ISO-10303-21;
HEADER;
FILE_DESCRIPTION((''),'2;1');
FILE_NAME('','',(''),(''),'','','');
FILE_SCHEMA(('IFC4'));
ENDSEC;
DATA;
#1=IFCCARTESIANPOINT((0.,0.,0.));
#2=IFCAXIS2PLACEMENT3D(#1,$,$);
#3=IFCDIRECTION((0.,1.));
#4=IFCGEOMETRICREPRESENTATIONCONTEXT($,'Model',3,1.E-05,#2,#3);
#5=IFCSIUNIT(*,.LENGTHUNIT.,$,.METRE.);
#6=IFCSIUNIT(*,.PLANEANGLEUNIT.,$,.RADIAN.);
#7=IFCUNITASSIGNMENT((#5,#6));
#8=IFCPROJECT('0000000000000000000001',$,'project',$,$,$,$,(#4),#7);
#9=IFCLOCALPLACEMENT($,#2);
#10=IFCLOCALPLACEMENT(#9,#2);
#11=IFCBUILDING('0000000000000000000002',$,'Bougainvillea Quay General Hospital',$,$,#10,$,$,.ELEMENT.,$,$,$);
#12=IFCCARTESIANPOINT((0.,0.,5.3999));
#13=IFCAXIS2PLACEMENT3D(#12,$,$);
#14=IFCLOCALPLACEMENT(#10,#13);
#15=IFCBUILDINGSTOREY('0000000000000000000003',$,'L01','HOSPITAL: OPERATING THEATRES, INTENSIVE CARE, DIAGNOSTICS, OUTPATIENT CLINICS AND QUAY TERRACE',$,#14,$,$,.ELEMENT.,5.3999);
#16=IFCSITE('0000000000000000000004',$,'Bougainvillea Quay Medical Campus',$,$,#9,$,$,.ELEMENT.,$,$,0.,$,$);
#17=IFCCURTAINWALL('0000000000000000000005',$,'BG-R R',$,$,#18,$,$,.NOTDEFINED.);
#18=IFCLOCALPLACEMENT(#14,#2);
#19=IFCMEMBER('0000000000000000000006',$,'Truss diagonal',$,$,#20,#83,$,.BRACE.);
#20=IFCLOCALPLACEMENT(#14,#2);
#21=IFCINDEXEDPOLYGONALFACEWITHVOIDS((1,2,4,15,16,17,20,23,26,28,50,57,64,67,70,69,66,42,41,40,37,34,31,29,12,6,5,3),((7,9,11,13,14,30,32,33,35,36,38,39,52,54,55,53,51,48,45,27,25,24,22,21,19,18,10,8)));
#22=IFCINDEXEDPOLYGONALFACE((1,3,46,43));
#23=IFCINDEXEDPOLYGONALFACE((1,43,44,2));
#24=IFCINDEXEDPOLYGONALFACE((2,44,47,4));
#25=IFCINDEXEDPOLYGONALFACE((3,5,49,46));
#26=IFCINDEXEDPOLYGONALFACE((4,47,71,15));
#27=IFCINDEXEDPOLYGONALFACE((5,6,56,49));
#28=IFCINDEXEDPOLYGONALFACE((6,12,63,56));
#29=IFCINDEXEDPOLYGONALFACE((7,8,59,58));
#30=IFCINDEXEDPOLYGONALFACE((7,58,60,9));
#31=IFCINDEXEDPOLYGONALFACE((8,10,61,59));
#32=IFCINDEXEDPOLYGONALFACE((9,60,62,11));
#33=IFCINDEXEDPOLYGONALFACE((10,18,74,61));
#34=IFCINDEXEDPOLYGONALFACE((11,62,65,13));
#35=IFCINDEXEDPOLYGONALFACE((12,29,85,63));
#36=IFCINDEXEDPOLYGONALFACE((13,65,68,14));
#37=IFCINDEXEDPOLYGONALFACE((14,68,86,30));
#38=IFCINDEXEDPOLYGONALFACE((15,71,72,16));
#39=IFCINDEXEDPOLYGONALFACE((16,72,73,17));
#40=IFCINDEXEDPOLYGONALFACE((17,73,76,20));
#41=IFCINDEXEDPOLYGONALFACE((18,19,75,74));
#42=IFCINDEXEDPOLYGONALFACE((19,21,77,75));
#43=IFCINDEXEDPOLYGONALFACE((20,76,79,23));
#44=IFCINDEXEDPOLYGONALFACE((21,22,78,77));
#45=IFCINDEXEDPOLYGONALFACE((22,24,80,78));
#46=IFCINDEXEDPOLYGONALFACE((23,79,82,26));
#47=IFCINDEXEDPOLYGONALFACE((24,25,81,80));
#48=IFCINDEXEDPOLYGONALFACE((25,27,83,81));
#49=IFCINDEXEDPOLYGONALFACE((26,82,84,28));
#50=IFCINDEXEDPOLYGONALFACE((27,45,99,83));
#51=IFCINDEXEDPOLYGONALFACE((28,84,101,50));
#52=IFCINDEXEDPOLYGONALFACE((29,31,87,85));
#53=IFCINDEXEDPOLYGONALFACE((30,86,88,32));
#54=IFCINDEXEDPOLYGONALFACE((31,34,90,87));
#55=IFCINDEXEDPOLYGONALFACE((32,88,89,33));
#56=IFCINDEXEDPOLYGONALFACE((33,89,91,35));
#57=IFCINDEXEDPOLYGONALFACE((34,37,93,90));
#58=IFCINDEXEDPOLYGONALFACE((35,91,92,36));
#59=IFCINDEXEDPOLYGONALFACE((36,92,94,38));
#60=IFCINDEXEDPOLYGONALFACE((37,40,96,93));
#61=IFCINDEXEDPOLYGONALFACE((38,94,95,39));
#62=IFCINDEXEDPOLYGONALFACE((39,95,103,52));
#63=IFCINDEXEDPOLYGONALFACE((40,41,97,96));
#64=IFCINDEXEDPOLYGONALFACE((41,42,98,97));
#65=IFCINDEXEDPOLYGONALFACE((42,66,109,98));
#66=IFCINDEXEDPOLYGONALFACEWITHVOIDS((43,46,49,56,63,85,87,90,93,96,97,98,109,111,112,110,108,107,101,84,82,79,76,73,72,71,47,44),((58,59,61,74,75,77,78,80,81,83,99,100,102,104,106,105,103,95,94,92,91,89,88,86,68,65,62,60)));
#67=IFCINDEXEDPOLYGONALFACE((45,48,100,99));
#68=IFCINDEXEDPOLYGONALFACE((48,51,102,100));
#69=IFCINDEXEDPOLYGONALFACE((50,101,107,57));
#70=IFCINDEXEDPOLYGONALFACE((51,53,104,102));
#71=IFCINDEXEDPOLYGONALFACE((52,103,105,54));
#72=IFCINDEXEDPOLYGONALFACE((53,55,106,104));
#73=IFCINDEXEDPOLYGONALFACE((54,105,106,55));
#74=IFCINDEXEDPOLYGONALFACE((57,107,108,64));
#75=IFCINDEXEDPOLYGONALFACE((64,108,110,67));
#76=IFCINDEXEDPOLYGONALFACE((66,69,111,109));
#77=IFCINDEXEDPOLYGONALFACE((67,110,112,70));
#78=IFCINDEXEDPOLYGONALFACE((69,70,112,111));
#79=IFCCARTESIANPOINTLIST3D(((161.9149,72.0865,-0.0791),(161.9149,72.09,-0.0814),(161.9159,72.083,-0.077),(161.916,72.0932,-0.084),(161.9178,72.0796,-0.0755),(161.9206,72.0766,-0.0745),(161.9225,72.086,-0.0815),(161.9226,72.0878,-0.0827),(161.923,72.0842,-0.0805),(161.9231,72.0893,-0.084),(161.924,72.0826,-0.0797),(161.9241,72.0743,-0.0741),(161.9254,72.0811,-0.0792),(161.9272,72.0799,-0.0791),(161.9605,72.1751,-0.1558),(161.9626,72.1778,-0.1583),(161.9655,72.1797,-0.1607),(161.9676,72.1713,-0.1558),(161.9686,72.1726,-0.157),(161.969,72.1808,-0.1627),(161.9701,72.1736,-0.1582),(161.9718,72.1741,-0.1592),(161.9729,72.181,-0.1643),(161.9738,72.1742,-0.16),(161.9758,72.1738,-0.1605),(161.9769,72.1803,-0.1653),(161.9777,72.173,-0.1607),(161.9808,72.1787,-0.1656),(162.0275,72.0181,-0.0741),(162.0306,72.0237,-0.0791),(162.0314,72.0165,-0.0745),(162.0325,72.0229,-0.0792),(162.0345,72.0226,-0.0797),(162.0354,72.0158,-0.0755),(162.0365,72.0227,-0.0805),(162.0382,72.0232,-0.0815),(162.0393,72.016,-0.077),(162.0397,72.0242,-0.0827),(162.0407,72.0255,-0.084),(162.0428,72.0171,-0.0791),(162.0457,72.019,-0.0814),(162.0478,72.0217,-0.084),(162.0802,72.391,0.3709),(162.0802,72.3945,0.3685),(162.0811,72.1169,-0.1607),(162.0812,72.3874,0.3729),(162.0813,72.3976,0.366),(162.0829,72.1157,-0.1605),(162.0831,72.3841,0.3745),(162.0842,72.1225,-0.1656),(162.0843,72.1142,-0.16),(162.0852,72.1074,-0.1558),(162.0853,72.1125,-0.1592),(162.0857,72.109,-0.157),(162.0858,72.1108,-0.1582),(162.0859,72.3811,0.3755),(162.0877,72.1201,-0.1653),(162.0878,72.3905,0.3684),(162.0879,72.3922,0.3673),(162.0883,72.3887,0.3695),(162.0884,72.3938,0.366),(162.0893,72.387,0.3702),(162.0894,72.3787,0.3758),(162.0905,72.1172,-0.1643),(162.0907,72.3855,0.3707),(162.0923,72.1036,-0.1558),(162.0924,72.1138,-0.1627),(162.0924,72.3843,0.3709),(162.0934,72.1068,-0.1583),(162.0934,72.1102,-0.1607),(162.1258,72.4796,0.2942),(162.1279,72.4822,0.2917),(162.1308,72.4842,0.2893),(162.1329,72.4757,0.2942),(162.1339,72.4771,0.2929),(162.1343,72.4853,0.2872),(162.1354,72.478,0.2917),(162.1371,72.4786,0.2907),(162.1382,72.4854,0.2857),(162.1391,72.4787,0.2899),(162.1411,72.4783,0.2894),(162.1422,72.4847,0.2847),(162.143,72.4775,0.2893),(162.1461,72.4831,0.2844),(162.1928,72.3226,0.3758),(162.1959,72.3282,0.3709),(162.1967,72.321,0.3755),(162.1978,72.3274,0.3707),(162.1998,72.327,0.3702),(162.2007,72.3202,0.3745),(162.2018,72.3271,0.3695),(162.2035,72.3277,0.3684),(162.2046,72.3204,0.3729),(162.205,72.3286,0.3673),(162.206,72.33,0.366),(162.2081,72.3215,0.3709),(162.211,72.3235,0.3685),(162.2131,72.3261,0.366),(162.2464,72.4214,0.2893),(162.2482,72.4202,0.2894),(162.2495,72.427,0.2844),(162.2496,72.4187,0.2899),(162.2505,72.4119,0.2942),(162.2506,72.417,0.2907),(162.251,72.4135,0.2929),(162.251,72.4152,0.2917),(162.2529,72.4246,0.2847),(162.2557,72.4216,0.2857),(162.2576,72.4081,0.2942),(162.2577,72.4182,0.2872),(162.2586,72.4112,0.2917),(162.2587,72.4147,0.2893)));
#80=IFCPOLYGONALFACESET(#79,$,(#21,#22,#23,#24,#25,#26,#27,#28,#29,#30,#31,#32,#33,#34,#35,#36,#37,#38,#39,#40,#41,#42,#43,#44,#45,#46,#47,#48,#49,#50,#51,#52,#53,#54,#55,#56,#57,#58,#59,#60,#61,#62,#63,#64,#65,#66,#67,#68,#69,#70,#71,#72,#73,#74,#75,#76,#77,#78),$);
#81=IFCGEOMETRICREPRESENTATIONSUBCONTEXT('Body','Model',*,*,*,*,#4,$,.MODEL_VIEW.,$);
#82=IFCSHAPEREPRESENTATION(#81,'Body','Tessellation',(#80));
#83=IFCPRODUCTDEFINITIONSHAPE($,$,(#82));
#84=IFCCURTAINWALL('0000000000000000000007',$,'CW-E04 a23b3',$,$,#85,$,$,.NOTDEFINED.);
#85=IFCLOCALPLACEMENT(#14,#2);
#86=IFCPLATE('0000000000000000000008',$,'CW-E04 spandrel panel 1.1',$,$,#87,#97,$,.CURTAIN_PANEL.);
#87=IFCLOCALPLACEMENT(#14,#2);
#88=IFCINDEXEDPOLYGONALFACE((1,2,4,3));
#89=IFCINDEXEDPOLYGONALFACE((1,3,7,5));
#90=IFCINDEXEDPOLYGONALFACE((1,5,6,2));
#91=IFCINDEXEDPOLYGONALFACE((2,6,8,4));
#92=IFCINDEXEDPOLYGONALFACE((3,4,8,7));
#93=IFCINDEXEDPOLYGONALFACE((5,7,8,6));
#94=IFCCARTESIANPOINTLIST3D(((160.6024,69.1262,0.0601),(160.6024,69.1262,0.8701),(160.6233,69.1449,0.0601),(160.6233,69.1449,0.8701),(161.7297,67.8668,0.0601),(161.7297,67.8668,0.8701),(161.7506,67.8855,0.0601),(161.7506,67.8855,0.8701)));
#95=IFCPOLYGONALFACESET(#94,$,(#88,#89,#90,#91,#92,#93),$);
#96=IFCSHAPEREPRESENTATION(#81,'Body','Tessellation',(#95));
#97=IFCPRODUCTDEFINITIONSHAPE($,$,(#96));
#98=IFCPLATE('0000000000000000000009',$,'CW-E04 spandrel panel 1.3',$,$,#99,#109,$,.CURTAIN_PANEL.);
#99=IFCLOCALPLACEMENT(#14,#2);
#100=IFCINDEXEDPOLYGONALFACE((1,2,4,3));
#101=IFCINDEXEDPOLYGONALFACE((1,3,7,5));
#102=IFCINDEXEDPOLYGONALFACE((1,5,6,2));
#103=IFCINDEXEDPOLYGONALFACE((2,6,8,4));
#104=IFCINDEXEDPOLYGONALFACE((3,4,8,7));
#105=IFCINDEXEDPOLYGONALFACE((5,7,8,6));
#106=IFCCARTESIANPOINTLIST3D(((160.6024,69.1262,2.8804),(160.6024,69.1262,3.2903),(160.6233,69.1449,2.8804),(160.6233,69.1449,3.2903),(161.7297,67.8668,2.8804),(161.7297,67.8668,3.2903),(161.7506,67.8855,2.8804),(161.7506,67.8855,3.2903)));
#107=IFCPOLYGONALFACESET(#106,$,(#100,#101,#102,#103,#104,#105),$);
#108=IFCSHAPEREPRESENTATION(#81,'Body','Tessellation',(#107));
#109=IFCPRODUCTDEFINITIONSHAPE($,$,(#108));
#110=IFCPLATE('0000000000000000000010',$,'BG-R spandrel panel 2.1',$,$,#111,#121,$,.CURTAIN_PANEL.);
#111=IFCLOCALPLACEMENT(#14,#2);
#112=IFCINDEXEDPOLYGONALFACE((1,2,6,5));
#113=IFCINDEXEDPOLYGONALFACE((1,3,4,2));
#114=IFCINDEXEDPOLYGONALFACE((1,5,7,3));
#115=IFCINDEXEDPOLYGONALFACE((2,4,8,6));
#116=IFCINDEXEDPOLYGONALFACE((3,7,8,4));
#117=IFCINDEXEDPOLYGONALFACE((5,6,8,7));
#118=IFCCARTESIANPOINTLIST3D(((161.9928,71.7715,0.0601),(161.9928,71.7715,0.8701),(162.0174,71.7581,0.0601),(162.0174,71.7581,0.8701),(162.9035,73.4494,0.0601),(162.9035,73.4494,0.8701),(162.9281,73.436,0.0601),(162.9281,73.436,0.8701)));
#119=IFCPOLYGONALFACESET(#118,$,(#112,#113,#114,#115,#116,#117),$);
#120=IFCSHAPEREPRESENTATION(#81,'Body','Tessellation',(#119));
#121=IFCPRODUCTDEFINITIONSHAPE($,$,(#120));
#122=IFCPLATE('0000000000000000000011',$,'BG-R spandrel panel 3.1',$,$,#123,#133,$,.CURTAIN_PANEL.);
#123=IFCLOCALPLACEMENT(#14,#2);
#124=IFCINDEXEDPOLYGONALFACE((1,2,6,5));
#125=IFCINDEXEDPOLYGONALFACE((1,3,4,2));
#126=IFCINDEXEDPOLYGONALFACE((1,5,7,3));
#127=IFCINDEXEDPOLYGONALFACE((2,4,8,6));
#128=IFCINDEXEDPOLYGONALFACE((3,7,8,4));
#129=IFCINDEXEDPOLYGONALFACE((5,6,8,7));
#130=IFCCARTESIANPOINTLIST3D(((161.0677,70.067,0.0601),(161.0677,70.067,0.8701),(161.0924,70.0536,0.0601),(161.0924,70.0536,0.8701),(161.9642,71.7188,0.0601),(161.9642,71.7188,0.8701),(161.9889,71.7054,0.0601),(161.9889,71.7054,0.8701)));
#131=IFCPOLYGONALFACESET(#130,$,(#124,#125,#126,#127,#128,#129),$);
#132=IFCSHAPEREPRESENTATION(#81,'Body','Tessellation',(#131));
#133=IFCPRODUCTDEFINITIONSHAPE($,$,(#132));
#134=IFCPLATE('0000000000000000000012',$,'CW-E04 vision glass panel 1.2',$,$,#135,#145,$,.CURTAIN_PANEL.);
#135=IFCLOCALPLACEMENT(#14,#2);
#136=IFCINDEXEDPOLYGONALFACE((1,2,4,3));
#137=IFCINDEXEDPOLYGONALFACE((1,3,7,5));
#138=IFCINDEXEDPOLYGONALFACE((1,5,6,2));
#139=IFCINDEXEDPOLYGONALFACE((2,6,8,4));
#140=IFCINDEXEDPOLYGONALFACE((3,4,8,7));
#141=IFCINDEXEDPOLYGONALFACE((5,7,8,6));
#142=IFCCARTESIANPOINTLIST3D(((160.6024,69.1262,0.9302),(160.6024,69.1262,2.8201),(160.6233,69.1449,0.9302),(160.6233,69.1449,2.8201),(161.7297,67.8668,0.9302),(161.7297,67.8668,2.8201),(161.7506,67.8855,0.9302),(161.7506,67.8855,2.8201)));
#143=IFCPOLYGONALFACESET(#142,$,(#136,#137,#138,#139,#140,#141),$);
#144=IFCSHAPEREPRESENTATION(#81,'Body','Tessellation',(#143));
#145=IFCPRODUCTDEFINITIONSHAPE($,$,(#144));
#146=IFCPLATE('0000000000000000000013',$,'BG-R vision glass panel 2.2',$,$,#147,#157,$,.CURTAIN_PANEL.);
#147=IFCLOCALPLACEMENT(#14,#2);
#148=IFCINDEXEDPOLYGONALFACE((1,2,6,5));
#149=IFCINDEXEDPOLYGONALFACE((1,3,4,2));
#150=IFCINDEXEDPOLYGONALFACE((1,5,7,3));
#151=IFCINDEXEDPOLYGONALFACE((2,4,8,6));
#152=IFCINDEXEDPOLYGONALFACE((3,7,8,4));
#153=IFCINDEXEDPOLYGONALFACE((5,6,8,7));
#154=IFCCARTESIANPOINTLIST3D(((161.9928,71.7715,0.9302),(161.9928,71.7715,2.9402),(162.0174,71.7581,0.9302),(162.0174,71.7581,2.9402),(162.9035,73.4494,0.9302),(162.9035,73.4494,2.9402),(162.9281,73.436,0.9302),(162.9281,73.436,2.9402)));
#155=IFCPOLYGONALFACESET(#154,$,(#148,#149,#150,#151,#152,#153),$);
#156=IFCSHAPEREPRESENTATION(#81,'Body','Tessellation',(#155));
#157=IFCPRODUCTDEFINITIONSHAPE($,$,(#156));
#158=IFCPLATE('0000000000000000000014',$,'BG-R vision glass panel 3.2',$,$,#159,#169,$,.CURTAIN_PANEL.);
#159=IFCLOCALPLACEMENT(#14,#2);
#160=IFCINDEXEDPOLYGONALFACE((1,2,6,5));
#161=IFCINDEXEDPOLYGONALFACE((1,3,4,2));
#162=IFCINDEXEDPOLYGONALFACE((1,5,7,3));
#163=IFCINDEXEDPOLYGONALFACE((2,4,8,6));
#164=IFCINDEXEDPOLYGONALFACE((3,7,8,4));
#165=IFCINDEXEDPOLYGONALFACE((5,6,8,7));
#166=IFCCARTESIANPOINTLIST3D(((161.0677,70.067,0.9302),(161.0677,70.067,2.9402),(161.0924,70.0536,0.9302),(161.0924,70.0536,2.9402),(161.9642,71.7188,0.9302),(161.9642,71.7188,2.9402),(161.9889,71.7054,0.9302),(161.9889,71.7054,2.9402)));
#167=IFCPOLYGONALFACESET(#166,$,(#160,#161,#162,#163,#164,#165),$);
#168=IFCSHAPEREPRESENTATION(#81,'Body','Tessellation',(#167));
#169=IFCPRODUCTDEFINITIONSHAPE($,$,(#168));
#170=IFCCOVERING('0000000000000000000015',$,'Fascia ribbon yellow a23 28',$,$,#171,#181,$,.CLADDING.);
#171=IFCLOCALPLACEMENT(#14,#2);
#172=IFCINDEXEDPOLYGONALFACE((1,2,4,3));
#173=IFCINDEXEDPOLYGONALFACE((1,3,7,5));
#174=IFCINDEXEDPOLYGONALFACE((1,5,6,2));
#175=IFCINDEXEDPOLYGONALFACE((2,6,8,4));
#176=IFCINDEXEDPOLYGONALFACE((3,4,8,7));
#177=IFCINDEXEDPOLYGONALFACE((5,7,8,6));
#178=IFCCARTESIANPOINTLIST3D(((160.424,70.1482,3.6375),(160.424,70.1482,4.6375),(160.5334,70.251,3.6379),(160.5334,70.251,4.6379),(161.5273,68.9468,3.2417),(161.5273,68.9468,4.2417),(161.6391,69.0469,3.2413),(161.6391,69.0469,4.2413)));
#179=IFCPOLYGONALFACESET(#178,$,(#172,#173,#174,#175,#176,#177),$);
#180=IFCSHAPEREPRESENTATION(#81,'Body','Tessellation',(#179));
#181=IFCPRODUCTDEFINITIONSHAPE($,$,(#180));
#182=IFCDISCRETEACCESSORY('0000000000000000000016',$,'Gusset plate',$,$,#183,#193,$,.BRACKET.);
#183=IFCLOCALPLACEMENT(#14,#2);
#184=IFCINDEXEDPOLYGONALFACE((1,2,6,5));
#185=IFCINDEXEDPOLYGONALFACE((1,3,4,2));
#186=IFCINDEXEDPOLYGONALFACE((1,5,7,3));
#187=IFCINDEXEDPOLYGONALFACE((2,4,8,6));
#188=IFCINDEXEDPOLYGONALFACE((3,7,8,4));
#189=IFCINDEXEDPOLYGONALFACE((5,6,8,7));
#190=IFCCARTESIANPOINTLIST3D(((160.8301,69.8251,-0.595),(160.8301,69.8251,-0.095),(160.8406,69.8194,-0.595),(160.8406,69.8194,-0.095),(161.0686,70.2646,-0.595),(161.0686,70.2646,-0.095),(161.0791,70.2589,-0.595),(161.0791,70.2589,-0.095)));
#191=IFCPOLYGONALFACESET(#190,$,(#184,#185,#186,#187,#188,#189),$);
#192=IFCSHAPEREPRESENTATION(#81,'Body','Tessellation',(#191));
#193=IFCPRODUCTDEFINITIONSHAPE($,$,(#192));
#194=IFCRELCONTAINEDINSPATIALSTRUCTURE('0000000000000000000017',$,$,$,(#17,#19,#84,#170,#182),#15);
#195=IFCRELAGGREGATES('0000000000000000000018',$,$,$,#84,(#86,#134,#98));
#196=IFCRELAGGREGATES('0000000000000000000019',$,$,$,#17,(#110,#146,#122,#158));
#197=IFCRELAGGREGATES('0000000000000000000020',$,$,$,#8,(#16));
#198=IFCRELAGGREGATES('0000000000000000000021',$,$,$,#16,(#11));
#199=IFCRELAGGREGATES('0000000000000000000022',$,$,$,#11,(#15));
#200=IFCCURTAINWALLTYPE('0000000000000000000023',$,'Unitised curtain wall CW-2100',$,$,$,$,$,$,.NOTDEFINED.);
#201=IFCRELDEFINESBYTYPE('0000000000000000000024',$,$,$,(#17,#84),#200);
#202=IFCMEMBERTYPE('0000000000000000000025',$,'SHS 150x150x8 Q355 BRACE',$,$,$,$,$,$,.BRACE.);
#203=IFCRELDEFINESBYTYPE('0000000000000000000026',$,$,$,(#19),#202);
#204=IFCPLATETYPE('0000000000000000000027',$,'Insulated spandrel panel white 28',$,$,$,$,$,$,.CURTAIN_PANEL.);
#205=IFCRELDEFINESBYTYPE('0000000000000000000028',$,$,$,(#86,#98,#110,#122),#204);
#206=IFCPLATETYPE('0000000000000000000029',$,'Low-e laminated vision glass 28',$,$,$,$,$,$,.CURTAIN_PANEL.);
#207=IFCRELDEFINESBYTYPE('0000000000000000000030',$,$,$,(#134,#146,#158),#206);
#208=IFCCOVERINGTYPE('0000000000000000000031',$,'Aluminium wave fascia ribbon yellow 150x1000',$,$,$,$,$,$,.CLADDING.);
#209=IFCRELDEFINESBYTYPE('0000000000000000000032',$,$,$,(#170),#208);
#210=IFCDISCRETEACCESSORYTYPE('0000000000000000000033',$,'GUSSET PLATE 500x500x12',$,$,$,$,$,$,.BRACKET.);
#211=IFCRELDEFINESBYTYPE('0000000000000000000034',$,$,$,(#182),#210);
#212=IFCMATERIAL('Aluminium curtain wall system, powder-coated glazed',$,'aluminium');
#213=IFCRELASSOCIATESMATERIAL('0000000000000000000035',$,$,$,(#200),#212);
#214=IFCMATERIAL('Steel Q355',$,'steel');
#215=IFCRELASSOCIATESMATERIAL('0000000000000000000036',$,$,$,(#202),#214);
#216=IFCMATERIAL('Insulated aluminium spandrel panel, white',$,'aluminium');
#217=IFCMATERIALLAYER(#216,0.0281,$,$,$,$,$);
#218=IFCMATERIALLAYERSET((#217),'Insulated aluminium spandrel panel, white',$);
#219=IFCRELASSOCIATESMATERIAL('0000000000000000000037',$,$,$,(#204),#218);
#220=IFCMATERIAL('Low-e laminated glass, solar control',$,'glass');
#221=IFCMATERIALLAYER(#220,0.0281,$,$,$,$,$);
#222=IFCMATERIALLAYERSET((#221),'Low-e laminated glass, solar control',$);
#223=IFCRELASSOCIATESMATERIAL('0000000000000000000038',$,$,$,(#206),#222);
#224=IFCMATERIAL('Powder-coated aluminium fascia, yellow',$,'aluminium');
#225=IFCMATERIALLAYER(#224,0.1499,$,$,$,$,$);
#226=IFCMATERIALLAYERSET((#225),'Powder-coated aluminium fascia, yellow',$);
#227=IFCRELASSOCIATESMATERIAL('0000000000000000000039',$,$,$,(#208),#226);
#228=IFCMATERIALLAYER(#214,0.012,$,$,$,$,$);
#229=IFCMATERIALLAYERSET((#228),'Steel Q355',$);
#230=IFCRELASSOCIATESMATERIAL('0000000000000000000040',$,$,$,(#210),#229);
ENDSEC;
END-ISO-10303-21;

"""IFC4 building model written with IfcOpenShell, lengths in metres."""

from ifc_helpers import new_model, si_unit, direction, frame, origin, origin_2d, place, context, subcontext, project, spatial, polyline, rectangle, hollow_rectangle, outline, extrude, material, layer, layer_set, material_profile, profile_set, type_object, element, aggregate, save


model = new_model("IFC4")

# Units and contexts
model_context = context("Model", 3, precision=1e-05, world=origin(), true_north=direction((0.0, 1.0)))
body_context = subcontext(model_context, "Body", "Model", "MODEL_VIEW")
ifc_project = project(units=[si_unit("LENGTHUNIT", "METRE"), si_unit("PLANEANGLEUNIT", "RADIAN")], contexts=[model_context])

# Site, building, storey
site_placement = place(None, origin())
site = spatial("IfcSite", under=ifc_project, at=site_placement, Name="Bougainvillea Quay Medical Campus", CompositionType="ELEMENT", RefElevation=0.0)
building_placement = place(site_placement, origin())
building = spatial("IfcBuilding", under=site, at=building_placement, Name="Bougainvillea Quay General Hospital", CompositionType="ELEMENT")
storey_placement = place(building_placement, frame((0.0, 0.0, 5.3999)))
storey = spatial("IfcBuildingStorey", under=building, at=storey_placement, Name="L01", Description="HOSPITAL: OPERATING THEATRES, INTENSIVE CARE, DIAGNOSTICS, OUTPATIENT CLINICS AND QUAY TERRACE", CompositionType="ELEMENT", Elevation=5.3999)

# Curtain wall
ifc_material_1 = material(Name="Aluminium curtain wall system, powder-coated glazed", Category="aluminium")
curtain_wall_type = type_object("IfcCurtainWallType", Name="Unitised curtain wall CW-2100", PredefinedType="NOTDEFINED", material=ifc_material_1)
curtain_wall_1_placement = place(storey_placement, origin())
curtain_wall_1 = element("IfcCurtainWall", 1, at=curtain_wall_1_placement, inside=storey, type_object=curtain_wall_type, Name="BG-R R", PredefinedType="NOTDEFINED")

# Member
ifc_material_2 = material(Name="Steel Q355", Category="steel")
ifc_material_profile_1 = material_profile(ifc_material_2, hollow_rectangle(XDim=0.1499, YDim=0.1499, WallThickness=0.0081, InnerFilletRadius=0.0081, OuterFilletRadius=0.0161, at=origin_2d()))
ifc_profile_set_1 = profile_set([ifc_material_profile_1], Name="Steel Q355")
member_type_1 = type_object("IfcMemberType", Name="SHS 150x150x8 Q355 BRACE", PredefinedType="BRACE", material=ifc_profile_set_1)
for number, where, z_axis, x_axis, name in (
    (2, (162.0042, 72.0984, -0.1199), (0.291065, 0.536128, 0.792369), (-0.878837, 0.477123, 0.0), "Truss diagonal"),
):
    element("IfcMember", number, at=place(storey_placement, frame(where, z_axis=z_axis, x_axis=x_axis)), inside=storey, type_object=member_type_1, Name=name, PredefinedType="BRACE", context=body_context, shape_type="SweptSolid", body=[
        extrude(hollow_rectangle(XDim=0.1499, YDim=0.1499, WallThickness=0.0081, InnerFilletRadius=0.0081, OuterFilletRadius=0.0161, at=origin_2d()), origin(), (0.0, 0.0, 1.0), 0.5679),
    ])

# Curtain wall, plates
curtain_wall_2_placement = place(storey_placement, origin())
curtain_wall_2 = element("IfcCurtainWall", 3, at=curtain_wall_2_placement, inside=storey, type_object=curtain_wall_type, Name="CW-E04 a23b3", PredefinedType="NOTDEFINED")
ifc_material_3 = material(Name="Insulated aluminium spandrel panel, white", Category="aluminium")
ifc_layer_1 = layer(ifc_material_3, 0.0281)
ifc_layer_set_1 = layer_set([ifc_layer_1], Name="Insulated aluminium spandrel panel, white")
plate_type_1 = type_object("IfcPlateType", Name="Insulated spandrel panel white 28", PredefinedType="CURTAIN_PANEL", material=ifc_layer_set_1)
plate_1_placement = place(storey_placement, frame((161.1765, 68.5059, 0.0601), z_axis=(0.0, 0.0, 1.0), x_axis=(0.666959, -0.745094, 0.0)))
plate_1 = element("IfcPlate", 4, at=plate_1_placement, type_object=plate_type_1, Name="CW-E04 spandrel panel 1.1", PredefinedType="CURTAIN_PANEL", context=body_context, shape_type="SweptSolid", body=[
    extrude(rectangle(XDim=1.6902, YDim=0.0281, at=origin_2d()), origin(), (0.0, 0.0, 1.0), 0.8101),
])
plate_2_placement = place(storey_placement, frame((161.1765, 68.5059, 2.8804), z_axis=(0.0, 0.0, 1.0), x_axis=(0.666959, -0.745094, 0.0)))
plate_2 = element("IfcPlate", 5, at=plate_2_placement, type_object=plate_type_1, Name="CW-E04 spandrel panel 1.3", PredefinedType="CURTAIN_PANEL", context=body_context, shape_type="SweptSolid", body=[
    extrude(rectangle(XDim=1.6902, YDim=0.0281, at=origin_2d()), origin(), (0.0, 0.0, 1.0), 0.4099),
])

# Plates
plate_3_placement = place(storey_placement, frame((162.4604, 72.6038, 0.0601), z_axis=(0.0, 0.0, 1.0), x_axis=(-0.477017, -0.878894, 0.0)))
plate_3 = element("IfcPlate", 6, at=plate_3_placement, type_object=plate_type_1, Name="BG-R spandrel panel 2.1", PredefinedType="CURTAIN_PANEL", context=body_context, shape_type="SweptSolid", body=[
    extrude(rectangle(XDim=1.9092, YDim=0.0281, at=origin_2d()), origin(), (0.0, 0.0, 1.0), 0.8101),
])
plate_4_placement = place(storey_placement, frame((161.5283, 70.8862, 0.0601), z_axis=(0.0, 0.0, 1.0), x_axis=(-0.477017, -0.878894, 0.0)))
plate_4 = element("IfcPlate", 7, at=plate_4_placement, type_object=plate_type_1, Name="BG-R spandrel panel 3.1", PredefinedType="CURTAIN_PANEL", context=body_context, shape_type="SweptSolid", body=[
    extrude(rectangle(XDim=1.8794, YDim=0.0281, at=origin_2d()), origin(), (0.0, 0.0, 1.0), 0.8101),
])
ifc_material_4 = material(Name="Low-e laminated glass, solar control", Category="glass")
ifc_layer_2 = layer(ifc_material_4, 0.0281)
ifc_layer_set_2 = layer_set([ifc_layer_2], Name="Low-e laminated glass, solar control")
plate_type_2 = type_object("IfcPlateType", Name="Low-e laminated vision glass 28", PredefinedType="CURTAIN_PANEL", material=ifc_layer_set_2)
plate_5_placement = place(storey_placement, frame((161.1765, 68.5059, 0.9302), z_axis=(0.0, 0.0, 1.0), x_axis=(0.666959, -0.745094, 0.0)))
plate_5 = element("IfcPlate", 8, at=plate_5_placement, type_object=plate_type_2, Name="CW-E04 vision glass panel 1.2", PredefinedType="CURTAIN_PANEL", context=body_context, shape_type="SweptSolid", body=[
    extrude(rectangle(XDim=1.6902, YDim=0.0281, at=origin_2d()), origin(), (0.0, 0.0, 1.0), 1.8899),
])
aggregate(curtain_wall_2, [plate_1, plate_5, plate_2])
plate_6_placement = place(storey_placement, frame((162.4604, 72.6038, 0.9302), z_axis=(0.0, 0.0, 1.0), x_axis=(-0.477017, -0.878894, 0.0)))
plate_6 = element("IfcPlate", 9, at=plate_6_placement, type_object=plate_type_2, Name="BG-R vision glass panel 2.2", PredefinedType="CURTAIN_PANEL", context=body_context, shape_type="SweptSolid", body=[
    extrude(rectangle(XDim=1.9092, YDim=0.0281, at=origin_2d()), origin(), (0.0, 0.0, 1.0), 2.01),
])
plate_7_placement = place(storey_placement, frame((161.5283, 70.8862, 0.9302), z_axis=(0.0, 0.0, 1.0), x_axis=(-0.477017, -0.878894, 0.0)))
plate_7 = element("IfcPlate", 10, at=plate_7_placement, type_object=plate_type_2, Name="BG-R vision glass panel 3.2", PredefinedType="CURTAIN_PANEL", context=body_context, shape_type="SweptSolid", body=[
    extrude(rectangle(XDim=1.8794, YDim=0.0281, at=origin_2d()), origin(), (0.0, 0.0, 1.0), 2.01),
])
aggregate(curtain_wall_1, [plate_3, plate_6, plate_4, plate_7])

# Covering
ifc_material_5 = material(Name="Powder-coated aluminium fascia, yellow", Category="aluminium")
ifc_layer_3 = layer(ifc_material_5, 0.1499)
ifc_layer_set_3 = layer_set([ifc_layer_3], Name="Powder-coated aluminium fascia, yellow")
covering_type = type_object("IfcCoveringType", Name="Aluminium wave fascia ribbon yellow 150x1000", PredefinedType="CLADDING", material=ifc_layer_set_3)
covering_placement = place(storey_placement, frame((161.5273, 68.9468, 3.2417), z_axis=(0.159395, -0.17378, 0.971799), x_axis=(-0.657307, 0.71578, 0.23581)))
element("IfcCovering", 11, at=covering_placement, inside=storey, type_object=covering_type, Name="Fascia ribbon yellow a23 28", PredefinedType="CLADDING", context=body_context, shape_type="SweptSolid", body=[
    extrude(outline(polyline([(0.0, 0.0), (1.6785, 0.0), (1.6803, -0.1501), (-0.0019, -0.1501), (0.0, 0.0)])), origin(), (0.23581, -0.000136, 0.971799), 1.0),
])

# Discrete accessory
ifc_layer_4 = layer(ifc_material_2, 0.012)
ifc_layer_set_4 = layer_set([ifc_layer_4], Name="Steel Q355")
discrete_accessory_type_1 = type_object("IfcDiscreteAccessoryType", Name="GUSSET PLATE 500x500x12", PredefinedType="BRACKET", material=ifc_layer_set_4)
for number, where, z_axis, x_axis, name in (
    (12, (160.9546, 70.042, -0.595), (0.0, 0.0, 1.0), (0.477018, 0.878894, 0.0), "Gusset plate"),
):
    element("IfcDiscreteAccessory", number, at=place(storey_placement, frame(where, z_axis=z_axis, x_axis=x_axis)), inside=storey, type_object=discrete_accessory_type_1, Name=name, PredefinedType="BRACKET", context=body_context, shape_type="SweptSolid", body=[
        extrude(rectangle(XDim=0.5, YDim=0.012, at=origin_2d()), origin(), (0.0, 0.0, 1.0), 0.5),
    ])

save(model, "model.ifc")
